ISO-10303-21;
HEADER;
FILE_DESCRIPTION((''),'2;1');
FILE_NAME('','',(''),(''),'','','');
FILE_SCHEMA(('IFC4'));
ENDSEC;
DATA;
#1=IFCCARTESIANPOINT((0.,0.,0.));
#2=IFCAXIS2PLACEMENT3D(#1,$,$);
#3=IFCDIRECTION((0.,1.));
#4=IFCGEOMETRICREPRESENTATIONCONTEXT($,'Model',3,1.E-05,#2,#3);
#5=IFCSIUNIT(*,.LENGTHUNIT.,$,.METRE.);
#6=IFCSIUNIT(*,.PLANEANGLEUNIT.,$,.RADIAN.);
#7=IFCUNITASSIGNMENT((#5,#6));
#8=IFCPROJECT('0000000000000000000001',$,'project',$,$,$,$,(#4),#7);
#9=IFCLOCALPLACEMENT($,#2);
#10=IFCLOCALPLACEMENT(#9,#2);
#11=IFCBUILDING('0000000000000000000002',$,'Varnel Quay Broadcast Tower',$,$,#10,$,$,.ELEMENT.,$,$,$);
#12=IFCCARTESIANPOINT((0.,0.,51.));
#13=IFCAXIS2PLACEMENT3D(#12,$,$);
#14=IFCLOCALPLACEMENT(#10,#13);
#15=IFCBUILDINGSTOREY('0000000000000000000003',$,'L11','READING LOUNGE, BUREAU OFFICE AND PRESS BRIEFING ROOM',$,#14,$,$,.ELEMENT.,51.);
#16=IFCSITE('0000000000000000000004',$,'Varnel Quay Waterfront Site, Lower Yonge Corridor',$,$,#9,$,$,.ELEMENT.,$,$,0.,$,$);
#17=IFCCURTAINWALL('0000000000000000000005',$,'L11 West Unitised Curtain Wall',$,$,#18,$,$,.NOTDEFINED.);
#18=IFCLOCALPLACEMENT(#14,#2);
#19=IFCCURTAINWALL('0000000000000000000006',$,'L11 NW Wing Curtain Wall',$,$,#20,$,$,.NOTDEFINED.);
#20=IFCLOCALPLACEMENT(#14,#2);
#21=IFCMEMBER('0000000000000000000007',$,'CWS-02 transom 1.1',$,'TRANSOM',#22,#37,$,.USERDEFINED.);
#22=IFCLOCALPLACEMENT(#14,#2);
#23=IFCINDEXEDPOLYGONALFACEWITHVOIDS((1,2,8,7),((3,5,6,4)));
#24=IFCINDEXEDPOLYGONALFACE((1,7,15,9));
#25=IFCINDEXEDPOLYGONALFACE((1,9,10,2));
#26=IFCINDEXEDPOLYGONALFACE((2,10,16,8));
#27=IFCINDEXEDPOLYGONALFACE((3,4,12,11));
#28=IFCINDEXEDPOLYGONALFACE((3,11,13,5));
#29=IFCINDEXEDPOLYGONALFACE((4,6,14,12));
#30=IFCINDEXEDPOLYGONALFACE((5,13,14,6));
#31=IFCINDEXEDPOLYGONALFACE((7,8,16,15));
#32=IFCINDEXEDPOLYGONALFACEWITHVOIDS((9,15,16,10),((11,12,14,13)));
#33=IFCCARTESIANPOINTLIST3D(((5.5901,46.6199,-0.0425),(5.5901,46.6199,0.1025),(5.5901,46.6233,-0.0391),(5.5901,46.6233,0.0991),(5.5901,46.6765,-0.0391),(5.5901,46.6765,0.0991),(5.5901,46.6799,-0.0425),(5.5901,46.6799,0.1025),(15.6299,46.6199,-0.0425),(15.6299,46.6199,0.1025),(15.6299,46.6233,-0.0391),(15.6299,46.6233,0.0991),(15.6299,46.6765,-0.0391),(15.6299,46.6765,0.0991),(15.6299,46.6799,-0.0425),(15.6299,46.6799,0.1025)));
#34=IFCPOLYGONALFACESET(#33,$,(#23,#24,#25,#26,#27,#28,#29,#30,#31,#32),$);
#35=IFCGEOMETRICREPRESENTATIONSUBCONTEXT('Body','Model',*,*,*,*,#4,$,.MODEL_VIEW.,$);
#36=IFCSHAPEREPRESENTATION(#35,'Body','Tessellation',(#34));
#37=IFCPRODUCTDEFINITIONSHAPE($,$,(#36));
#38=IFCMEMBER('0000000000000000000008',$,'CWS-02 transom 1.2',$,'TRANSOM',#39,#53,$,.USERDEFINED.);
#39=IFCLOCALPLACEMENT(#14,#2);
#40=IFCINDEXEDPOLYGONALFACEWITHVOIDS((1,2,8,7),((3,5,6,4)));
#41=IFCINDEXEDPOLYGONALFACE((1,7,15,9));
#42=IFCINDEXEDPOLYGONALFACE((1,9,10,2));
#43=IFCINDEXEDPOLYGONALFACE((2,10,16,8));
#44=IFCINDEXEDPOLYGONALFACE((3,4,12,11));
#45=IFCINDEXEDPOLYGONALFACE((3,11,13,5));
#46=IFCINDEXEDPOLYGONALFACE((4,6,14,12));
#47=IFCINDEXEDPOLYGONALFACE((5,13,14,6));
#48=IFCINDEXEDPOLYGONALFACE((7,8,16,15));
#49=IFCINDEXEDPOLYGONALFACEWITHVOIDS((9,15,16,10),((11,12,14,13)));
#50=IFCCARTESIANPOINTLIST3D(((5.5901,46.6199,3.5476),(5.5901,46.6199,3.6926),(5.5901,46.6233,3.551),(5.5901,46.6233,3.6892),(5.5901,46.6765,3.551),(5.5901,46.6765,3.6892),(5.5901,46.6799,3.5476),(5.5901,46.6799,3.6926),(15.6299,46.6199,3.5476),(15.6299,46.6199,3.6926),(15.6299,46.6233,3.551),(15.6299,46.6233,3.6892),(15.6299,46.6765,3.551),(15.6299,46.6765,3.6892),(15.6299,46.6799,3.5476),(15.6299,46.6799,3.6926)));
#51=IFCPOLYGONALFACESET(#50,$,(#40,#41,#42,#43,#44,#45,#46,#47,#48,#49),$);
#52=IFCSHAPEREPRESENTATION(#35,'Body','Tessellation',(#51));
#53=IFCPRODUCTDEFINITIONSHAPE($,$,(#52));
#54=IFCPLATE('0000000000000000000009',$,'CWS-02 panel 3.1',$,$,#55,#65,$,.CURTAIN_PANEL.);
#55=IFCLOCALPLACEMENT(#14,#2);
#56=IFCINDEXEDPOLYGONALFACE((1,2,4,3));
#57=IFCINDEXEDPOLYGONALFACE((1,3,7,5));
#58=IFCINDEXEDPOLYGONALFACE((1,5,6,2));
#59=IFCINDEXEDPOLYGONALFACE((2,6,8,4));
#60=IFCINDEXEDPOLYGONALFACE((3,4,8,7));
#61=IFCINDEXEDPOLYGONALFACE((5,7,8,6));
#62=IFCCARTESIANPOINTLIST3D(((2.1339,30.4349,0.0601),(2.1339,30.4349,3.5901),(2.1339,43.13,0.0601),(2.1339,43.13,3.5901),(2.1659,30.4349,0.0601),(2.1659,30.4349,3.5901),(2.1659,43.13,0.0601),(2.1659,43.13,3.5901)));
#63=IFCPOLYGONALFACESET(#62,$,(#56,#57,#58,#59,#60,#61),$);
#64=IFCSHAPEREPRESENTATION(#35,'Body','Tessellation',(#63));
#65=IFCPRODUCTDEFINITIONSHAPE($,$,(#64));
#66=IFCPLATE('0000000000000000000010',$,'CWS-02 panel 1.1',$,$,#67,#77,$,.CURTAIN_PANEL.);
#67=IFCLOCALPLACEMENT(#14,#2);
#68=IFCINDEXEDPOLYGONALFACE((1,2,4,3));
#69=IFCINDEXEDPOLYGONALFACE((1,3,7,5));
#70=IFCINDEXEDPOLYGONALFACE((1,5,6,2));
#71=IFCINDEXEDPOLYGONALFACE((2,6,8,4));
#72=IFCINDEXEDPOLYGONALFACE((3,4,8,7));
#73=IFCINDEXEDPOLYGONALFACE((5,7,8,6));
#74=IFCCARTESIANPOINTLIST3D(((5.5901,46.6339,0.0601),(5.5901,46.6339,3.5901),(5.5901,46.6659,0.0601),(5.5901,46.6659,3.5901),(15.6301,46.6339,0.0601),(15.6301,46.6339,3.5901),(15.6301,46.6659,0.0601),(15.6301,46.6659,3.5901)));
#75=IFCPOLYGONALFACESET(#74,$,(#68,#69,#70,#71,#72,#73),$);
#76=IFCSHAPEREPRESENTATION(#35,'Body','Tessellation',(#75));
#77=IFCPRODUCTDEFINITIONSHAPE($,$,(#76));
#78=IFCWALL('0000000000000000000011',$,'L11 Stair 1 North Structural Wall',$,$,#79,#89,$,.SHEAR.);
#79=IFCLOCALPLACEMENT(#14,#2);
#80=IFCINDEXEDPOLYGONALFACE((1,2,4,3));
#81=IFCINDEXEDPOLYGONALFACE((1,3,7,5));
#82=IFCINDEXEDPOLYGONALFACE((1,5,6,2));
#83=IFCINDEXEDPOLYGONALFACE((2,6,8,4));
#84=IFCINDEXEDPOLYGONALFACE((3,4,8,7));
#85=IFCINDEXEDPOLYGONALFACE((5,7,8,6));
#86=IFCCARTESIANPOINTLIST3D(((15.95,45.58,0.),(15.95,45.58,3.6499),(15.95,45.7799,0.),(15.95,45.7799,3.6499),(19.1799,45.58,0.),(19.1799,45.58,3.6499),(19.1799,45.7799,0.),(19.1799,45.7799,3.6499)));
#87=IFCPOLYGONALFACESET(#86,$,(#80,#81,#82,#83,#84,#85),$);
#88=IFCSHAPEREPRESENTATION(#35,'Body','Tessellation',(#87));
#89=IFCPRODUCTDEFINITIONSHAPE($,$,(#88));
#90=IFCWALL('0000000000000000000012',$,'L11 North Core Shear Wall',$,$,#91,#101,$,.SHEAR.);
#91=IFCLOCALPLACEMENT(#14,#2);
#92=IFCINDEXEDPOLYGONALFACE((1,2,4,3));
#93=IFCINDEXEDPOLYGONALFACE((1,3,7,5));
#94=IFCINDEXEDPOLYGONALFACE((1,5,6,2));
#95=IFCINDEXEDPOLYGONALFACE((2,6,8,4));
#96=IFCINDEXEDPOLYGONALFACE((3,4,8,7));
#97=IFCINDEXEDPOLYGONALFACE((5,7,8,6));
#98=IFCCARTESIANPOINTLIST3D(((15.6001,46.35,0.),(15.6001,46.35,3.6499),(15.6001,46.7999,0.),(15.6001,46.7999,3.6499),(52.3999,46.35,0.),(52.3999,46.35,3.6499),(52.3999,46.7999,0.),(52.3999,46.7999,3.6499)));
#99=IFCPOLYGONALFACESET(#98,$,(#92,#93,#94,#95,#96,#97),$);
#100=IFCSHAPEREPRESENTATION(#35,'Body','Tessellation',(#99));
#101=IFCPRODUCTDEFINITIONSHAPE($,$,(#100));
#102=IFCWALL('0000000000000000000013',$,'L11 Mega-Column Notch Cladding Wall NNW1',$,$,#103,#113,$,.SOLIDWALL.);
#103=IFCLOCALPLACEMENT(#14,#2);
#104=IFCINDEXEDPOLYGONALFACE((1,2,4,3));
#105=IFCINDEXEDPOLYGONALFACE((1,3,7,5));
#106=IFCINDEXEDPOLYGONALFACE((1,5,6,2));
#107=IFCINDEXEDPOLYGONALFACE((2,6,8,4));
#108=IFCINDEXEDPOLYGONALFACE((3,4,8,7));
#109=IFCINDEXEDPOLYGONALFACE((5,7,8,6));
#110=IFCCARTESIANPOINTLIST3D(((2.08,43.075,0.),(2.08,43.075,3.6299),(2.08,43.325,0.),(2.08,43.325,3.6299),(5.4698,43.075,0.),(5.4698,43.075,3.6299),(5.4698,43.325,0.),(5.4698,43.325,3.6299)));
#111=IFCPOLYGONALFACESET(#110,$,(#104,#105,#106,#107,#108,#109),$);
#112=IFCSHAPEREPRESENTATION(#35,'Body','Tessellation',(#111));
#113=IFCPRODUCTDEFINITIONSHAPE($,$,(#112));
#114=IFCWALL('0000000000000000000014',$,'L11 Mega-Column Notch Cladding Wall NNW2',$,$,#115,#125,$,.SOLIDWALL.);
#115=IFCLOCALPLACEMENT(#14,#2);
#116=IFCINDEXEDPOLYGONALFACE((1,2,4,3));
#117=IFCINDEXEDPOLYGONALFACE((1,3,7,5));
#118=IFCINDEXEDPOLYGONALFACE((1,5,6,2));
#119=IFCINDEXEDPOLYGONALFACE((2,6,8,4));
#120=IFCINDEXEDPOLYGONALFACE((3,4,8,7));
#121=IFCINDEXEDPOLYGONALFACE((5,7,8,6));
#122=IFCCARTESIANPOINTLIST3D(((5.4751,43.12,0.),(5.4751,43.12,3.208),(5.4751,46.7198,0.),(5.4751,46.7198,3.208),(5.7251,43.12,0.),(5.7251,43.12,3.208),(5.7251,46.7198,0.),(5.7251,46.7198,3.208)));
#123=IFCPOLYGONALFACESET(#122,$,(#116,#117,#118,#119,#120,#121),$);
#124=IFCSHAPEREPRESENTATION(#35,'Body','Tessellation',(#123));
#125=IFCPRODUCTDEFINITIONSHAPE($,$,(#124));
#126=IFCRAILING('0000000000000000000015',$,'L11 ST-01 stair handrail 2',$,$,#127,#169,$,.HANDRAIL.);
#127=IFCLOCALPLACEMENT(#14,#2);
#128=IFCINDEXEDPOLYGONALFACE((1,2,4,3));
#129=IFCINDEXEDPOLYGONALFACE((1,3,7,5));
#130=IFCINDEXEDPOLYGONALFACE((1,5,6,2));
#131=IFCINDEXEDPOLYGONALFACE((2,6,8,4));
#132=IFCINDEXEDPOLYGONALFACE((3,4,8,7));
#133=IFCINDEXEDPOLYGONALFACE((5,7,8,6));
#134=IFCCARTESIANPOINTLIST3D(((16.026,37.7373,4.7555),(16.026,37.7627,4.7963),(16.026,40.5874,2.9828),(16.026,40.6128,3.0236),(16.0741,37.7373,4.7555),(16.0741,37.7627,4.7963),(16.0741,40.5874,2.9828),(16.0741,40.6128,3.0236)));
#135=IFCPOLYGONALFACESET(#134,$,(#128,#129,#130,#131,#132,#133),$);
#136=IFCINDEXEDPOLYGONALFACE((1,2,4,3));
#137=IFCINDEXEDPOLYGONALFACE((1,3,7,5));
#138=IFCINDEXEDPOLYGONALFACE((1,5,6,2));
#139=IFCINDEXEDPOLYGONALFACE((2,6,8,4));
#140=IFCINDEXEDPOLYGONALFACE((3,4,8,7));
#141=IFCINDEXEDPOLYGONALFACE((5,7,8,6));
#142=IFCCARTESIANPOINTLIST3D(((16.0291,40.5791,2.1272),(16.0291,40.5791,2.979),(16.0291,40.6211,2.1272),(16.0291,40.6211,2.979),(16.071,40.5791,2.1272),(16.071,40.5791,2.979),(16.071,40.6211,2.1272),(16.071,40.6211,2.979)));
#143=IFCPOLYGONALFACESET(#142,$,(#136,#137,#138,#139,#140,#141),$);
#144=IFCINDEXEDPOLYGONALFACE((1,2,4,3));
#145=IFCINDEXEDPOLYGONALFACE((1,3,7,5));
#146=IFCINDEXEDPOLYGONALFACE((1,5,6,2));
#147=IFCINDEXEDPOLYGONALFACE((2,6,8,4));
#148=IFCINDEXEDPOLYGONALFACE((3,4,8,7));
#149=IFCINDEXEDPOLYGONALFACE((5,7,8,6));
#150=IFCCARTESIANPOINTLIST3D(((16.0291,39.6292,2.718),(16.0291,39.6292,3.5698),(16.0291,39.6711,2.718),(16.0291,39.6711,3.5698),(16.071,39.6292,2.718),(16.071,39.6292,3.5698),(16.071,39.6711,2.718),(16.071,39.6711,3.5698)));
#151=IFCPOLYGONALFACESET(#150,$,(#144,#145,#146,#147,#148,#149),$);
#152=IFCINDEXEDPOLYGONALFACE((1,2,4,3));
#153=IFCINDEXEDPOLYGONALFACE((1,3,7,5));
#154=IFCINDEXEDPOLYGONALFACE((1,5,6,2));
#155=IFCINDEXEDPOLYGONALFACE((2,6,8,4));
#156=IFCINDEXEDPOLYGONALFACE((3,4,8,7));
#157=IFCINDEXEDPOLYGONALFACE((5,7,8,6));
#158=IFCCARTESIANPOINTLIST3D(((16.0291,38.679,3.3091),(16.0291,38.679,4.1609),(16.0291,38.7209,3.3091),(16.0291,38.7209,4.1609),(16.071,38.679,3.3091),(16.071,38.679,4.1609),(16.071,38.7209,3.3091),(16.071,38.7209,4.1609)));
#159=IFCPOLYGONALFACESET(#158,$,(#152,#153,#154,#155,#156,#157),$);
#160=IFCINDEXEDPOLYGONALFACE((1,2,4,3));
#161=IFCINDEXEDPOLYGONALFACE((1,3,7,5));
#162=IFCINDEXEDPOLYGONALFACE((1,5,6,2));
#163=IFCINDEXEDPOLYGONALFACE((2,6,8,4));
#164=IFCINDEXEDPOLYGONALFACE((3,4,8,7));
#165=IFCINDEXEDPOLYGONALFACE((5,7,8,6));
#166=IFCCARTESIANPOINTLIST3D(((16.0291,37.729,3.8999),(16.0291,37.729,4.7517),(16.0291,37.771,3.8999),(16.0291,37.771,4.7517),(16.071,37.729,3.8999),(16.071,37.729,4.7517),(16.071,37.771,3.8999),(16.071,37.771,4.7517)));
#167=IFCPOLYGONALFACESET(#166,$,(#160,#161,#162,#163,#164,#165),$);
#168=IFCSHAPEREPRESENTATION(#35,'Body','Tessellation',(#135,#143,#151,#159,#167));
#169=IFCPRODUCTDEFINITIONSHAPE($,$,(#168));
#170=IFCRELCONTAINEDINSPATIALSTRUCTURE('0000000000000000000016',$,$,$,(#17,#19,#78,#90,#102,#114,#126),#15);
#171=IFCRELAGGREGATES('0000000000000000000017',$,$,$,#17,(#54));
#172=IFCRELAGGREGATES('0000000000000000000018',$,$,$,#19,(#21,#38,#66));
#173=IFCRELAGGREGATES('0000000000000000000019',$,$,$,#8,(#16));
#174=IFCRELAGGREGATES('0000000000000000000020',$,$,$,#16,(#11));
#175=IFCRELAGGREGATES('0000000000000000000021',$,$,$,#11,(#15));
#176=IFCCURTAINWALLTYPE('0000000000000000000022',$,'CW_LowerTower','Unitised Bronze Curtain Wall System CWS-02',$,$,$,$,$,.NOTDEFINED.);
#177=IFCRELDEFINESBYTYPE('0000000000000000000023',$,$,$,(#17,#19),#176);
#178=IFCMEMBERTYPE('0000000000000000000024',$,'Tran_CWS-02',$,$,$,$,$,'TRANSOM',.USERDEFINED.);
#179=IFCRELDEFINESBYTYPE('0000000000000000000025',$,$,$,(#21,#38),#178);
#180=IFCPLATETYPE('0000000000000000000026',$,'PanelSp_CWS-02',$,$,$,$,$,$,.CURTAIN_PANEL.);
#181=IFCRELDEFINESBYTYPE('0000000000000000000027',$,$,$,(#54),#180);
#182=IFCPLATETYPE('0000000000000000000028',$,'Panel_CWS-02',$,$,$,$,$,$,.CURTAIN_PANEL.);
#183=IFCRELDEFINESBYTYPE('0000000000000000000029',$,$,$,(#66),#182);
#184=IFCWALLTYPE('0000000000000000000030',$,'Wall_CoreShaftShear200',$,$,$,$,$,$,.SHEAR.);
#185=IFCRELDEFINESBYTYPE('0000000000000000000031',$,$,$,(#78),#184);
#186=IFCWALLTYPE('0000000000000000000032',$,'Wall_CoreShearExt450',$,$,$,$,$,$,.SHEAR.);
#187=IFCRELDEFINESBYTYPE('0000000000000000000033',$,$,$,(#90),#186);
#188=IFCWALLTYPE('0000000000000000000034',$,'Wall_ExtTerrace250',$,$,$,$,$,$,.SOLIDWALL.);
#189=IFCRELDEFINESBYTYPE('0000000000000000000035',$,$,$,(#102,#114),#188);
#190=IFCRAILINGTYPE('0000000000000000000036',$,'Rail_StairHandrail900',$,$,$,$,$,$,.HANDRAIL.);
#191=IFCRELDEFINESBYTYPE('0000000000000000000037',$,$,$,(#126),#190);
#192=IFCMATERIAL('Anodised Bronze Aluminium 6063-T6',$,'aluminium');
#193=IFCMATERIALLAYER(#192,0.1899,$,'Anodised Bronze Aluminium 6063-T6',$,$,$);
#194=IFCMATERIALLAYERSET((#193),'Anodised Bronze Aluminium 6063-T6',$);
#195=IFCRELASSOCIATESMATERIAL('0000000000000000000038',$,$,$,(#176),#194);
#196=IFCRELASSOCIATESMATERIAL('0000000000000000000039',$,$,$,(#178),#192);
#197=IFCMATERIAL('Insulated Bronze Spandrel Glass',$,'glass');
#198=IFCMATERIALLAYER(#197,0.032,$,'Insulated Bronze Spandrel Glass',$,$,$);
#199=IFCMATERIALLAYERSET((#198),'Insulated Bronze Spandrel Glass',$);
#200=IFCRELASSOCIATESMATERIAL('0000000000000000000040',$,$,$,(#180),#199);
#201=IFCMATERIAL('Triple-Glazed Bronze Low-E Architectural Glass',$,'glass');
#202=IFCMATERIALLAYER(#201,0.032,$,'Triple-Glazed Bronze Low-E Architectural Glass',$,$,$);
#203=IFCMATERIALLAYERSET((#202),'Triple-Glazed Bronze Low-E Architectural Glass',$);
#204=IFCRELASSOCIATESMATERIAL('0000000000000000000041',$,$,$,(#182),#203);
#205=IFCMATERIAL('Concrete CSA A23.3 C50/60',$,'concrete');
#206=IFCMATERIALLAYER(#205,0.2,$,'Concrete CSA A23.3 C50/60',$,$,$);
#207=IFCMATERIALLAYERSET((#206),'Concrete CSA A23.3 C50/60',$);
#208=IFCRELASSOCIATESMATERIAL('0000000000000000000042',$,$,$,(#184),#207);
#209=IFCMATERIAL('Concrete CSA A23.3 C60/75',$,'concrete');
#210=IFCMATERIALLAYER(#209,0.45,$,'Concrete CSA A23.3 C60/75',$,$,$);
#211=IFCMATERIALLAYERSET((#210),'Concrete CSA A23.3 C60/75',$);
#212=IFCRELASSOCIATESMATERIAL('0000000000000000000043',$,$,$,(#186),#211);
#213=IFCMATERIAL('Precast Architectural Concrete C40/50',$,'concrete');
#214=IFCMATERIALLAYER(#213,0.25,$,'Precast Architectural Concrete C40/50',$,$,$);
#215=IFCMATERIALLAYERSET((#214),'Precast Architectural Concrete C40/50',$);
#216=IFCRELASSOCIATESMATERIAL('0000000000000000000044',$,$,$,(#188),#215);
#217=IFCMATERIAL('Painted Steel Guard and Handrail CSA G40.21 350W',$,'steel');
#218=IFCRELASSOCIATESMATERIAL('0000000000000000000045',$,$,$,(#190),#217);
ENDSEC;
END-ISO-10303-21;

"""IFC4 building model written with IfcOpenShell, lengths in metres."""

from ifc_helpers import new_model, si_unit, direction, frame, frame_2d, origin, origin_2d, place, context, subcontext, project, spatial, rectangle, hollow_rectangle, extrude, source, transform, mapped, material, layer, layer_set, material_profile, profile_set, type_object, type_shapes, element, aggregate, save


model = new_model("IFC4")

# Units and contexts
model_context = context("Model", 3, precision=1e-05, world=origin(), true_north=direction((0.0, 1.0)))
body_context = subcontext(model_context, "Body", "Model", "MODEL_VIEW")
ifc_project = project(units=[si_unit("LENGTHUNIT", "METRE"), si_unit("PLANEANGLEUNIT", "RADIAN")], contexts=[model_context])

# Site, building, storey
site_placement = place(None, origin())
site = spatial("IfcSite", under=ifc_project, at=site_placement, Name="Varnel Quay Waterfront Site, Lower Yonge Corridor", CompositionType="ELEMENT", RefElevation=0.0)
building_placement = place(site_placement, origin())
building = spatial("IfcBuilding", under=site, at=building_placement, Name="Varnel Quay Broadcast Tower", CompositionType="ELEMENT")
storey_placement = place(building_placement, frame((0.0, 0.0, 51.0)))
storey = spatial("IfcBuildingStorey", under=building, at=storey_placement, Name="L11", Description="READING LOUNGE, BUREAU OFFICE AND PRESS BRIEFING ROOM", CompositionType="ELEMENT", Elevation=51.0)

# Curtain wall
ifc_material_1 = material(Name="Anodised Bronze Aluminium 6063-T6", Category="aluminium")
ifc_layer_1 = layer(ifc_material_1, 0.1899, Name="Anodised Bronze Aluminium 6063-T6")
ifc_layer_set_1 = layer_set([ifc_layer_1], Name="Anodised Bronze Aluminium 6063-T6")
curtain_wall_type = type_object("IfcCurtainWallType", Name="CW_LowerTower", Description="Unitised Bronze Curtain Wall System CWS-02", PredefinedType="NOTDEFINED", material=ifc_layer_set_1)
curtain_wall_1_placement = place(storey_placement, origin())
curtain_wall_1 = element("IfcCurtainWall", 1, at=curtain_wall_1_placement, inside=storey, type_object=curtain_wall_type, Name="L11 West Unitised Curtain Wall", PredefinedType="NOTDEFINED")

# Curtain wall, members
curtain_wall_2_placement = place(storey_placement, origin())
curtain_wall_2 = element("IfcCurtainWall", 2, at=curtain_wall_2_placement, inside=storey, type_object=curtain_wall_type, Name="L11 NW Wing Curtain Wall", PredefinedType="NOTDEFINED")
ifc_material_profile_1 = material_profile(ifc_material_1, hollow_rectangle(XDim=0.0601, YDim=0.145, WallThickness=0.0034, at=origin_2d()), Name="ALU60X145X3.5")
ifc_profile_set_1 = profile_set([ifc_material_profile_1], Name="Anodised Bronze Aluminium 6063-T6")
member_type_1 = type_object("IfcMemberType", Name="Tran_CWS-02", ElementType="TRANSOM", PredefinedType="USERDEFINED", material=ifc_profile_set_1)
shared_shape_1 = source(origin(), body_context, "Body", "SweptSolid", [
    extrude(hollow_rectangle(XDim=0.0601, YDim=0.145, WallThickness=0.0034, at=origin_2d()), origin(), (0.0, 0.0, 1.0), 10.0398),
])
type_shapes(member_type_1, [shared_shape_1])
member_1_placement = place(storey_placement, frame((5.5901, 46.6499, 0.03), z_axis=(1.0, 0.0, 0.0), x_axis=(0.0, 1.0, 0.0)))
member_1 = element("IfcMember", 3, at=member_1_placement, type_object=member_type_1, Name="CWS-02 transom 1.1", ObjectType="TRANSOM", PredefinedType="USERDEFINED", context=body_context, shape_type="MappedRepresentation", body=[
    mapped(shared_shape_1, transform((0.0, 0.0, 0.0), x_axis=(1.0, 0.0, 0.0), y_axis=(0.0, 1.0, 0.0), z_axis=(0.0, 0.0, 1.0), scale=1.0)),
])
member_2_placement = place(storey_placement, frame((5.5901, 46.6499, 3.6201), z_axis=(1.0, 0.0, 0.0), x_axis=(0.0, 1.0, 0.0)))
member_2 = element("IfcMember", 4, at=member_2_placement, type_object=member_type_1, Name="CWS-02 transom 1.2", ObjectType="TRANSOM", PredefinedType="USERDEFINED", context=body_context, shape_type="MappedRepresentation", body=[
    mapped(shared_shape_1, transform((0.0, 0.0, 0.0), x_axis=(1.0, 0.0, 0.0), y_axis=(0.0, 1.0, 0.0), z_axis=(0.0, 0.0, 1.0), scale=1.0)),
])

# Plates
ifc_material_2 = material(Name="Insulated Bronze Spandrel Glass", Category="glass")
ifc_layer_2 = layer(ifc_material_2, 0.032, Name="Insulated Bronze Spandrel Glass")
ifc_layer_set_2 = layer_set([ifc_layer_2], Name="Insulated Bronze Spandrel Glass")
plate_type_1 = type_object("IfcPlateType", Name="PanelSp_CWS-02", PredefinedType="CURTAIN_PANEL", material=ifc_layer_set_2)
shared_shape_2 = source(origin(), body_context, "Body", "SweptSolid", [
    extrude(rectangle(XDim=12.6951, YDim=0.032, at=origin_2d()), origin(), (0.0, 0.0, 1.0), 3.53),
])
type_shapes(plate_type_1, [shared_shape_2])
plate_1_placement = place(storey_placement, frame((2.1499, 36.7825, 0.0601), z_axis=(0.0, 0.0, 1.0), x_axis=(0.0, 1.0, 0.0)))
plate_1 = element("IfcPlate", 5, at=plate_1_placement, type_object=plate_type_1, Name="CWS-02 panel 3.1", PredefinedType="CURTAIN_PANEL", context=body_context, shape_type="MappedRepresentation", body=[
    mapped(shared_shape_2, transform((0.0, 0.0, 0.0), x_axis=(1.0, 0.0, 0.0), y_axis=(0.0, 1.0, 0.0), z_axis=(0.0, 0.0, 1.0), scale=1.0)),
])
aggregate(curtain_wall_1, [plate_1])
ifc_material_3 = material(Name="Triple-Glazed Bronze Low-E Architectural Glass", Category="glass")
ifc_layer_3 = layer(ifc_material_3, 0.032, Name="Triple-Glazed Bronze Low-E Architectural Glass")
ifc_layer_set_3 = layer_set([ifc_layer_3], Name="Triple-Glazed Bronze Low-E Architectural Glass")
plate_type_2 = type_object("IfcPlateType", Name="Panel_CWS-02", PredefinedType="CURTAIN_PANEL", material=ifc_layer_set_3)
shared_shape_3 = source(origin(), body_context, "Body", "SweptSolid", [
    extrude(rectangle(XDim=10.04, YDim=0.032, at=origin_2d()), origin(), (0.0, 0.0, 1.0), 3.53),
])
type_shapes(plate_type_2, [shared_shape_3])
plate_2_placement = place(storey_placement, frame((10.6101, 46.6499, 0.0601), z_axis=(0.0, 0.0, 1.0), x_axis=(1.0, 0.0, 0.0)))
plate_2 = element("IfcPlate", 6, at=plate_2_placement, type_object=plate_type_2, Name="CWS-02 panel 1.1", PredefinedType="CURTAIN_PANEL", context=body_context, shape_type="MappedRepresentation", body=[
    mapped(shared_shape_3, transform((0.0, 0.0, 0.0), x_axis=(1.0, 0.0, 0.0), y_axis=(0.0, 1.0, 0.0), z_axis=(0.0, 0.0, 1.0), scale=1.0)),
])
aggregate(curtain_wall_2, [member_1, member_2, plate_2])

# Walls
ifc_material_4 = material(Name="Concrete CSA A23.3 C50/60", Category="concrete")
ifc_layer_4 = layer(ifc_material_4, 0.2, Name="Concrete CSA A23.3 C50/60")
ifc_layer_set_4 = layer_set([ifc_layer_4], Name="Concrete CSA A23.3 C50/60")
wall_type_1 = type_object("IfcWallType", Name="Wall_CoreShaftShear200", PredefinedType="SHEAR", material=ifc_layer_set_4)
wall_1_placement = place(storey_placement, frame((15.95, 45.6799, 0.0), z_axis=(0.0, 0.0, 1.0), x_axis=(1.0, 0.0, 0.0)))
element("IfcWall", 7, at=wall_1_placement, inside=storey, type_object=wall_type_1, Name="L11 Stair 1 North Structural Wall", PredefinedType="SHEAR", context=body_context, shape_type="SweptSolid", body=[
    extrude(rectangle(XDim=3.23, YDim=0.2, at=frame_2d((1.615, 0.0))), origin(), (0.0, 0.0, 1.0), 3.6499),
])
ifc_material_5 = material(Name="Concrete CSA A23.3 C60/75", Category="concrete")
ifc_layer_5 = layer(ifc_material_5, 0.45, Name="Concrete CSA A23.3 C60/75")
ifc_layer_set_5 = layer_set([ifc_layer_5], Name="Concrete CSA A23.3 C60/75")
wall_type_2 = type_object("IfcWallType", Name="Wall_CoreShearExt450", PredefinedType="SHEAR", material=ifc_layer_set_5)
wall_2_placement = place(storey_placement, frame((15.6001, 46.575, 0.0), z_axis=(0.0, 0.0, 1.0), x_axis=(1.0, 0.0, 0.0)))
element("IfcWall", 8, at=wall_2_placement, inside=storey, type_object=wall_type_2, Name="L11 North Core Shear Wall", PredefinedType="SHEAR", context=body_context, shape_type="SweptSolid", body=[
    extrude(rectangle(XDim=36.7998, YDim=0.45, at=frame_2d((18.3999, 0.0))), origin(), (0.0, 0.0, 1.0), 3.6499),
])
ifc_material_6 = material(Name="Precast Architectural Concrete C40/50", Category="concrete")
ifc_layer_6 = layer(ifc_material_6, 0.25, Name="Precast Architectural Concrete C40/50")
ifc_layer_set_6 = layer_set([ifc_layer_6], Name="Precast Architectural Concrete C40/50")
wall_type_3 = type_object("IfcWallType", Name="Wall_ExtTerrace250", PredefinedType="SOLIDWALL", material=ifc_layer_set_6)
wall_3_placement = place(storey_placement, frame((2.0801, 43.2, 0.0), z_axis=(0.0, 0.0, 1.0), x_axis=(1.0, 0.0, 0.0)))
element("IfcWall", 9, at=wall_3_placement, inside=storey, type_object=wall_type_3, Name="L11 Mega-Column Notch Cladding Wall NNW1", PredefinedType="SOLIDWALL", context=body_context, shape_type="SweptSolid", body=[
    extrude(rectangle(XDim=3.3899, YDim=0.25, at=frame_2d((1.6948, 0.0))), origin(), (0.0, 0.0, 1.0), 3.6299),
])
wall_4_placement = place(storey_placement, frame((5.6001, 43.1201, 0.0), z_axis=(0.0, 0.0, 1.0), x_axis=(0.0, 1.0, 0.0)))
element("IfcWall", 10, at=wall_4_placement, inside=storey, type_object=wall_type_3, Name="L11 Mega-Column Notch Cladding Wall NNW2", PredefinedType="SOLIDWALL", context=body_context, shape_type="SweptSolid", body=[
    extrude(rectangle(XDim=3.5999, YDim=0.25, at=frame_2d((1.7998, 0.0))), origin(), (0.0, 0.0, 1.0), 3.208),
])

# Railing
ifc_material_7 = material(Name="Painted Steel Guard and Handrail CSA G40.21 350W", Category="steel")
railing_type = type_object("IfcRailingType", Name="Rail_StairHandrail900", PredefinedType="HANDRAIL", material=ifc_material_7)
railing_placement = place(storey_placement, frame((16.05, 40.6001, 2.1272)))
element("IfcRailing", 11, at=railing_placement, inside=storey, type_object=railing_type, Name="L11 ST-01 stair handrail 2", PredefinedType="HANDRAIL", context=body_context, shape_type="SweptSolid", body=[
    extrude(rectangle(XDim=0.0481, YDim=0.0481, at=origin_2d()), frame((0.0, 0.0, 0.876), z_axis=(0.0, -0.849149, 0.528154), x_axis=(1.0, 0.0, 0.0)), (0.0, 0.0, 1.0), 3.3564),
    extrude(rectangle(XDim=0.042, YDim=0.042, at=origin_2d()), origin(), (0.0, 0.0, 1.0), 0.8518),
    extrude(rectangle(XDim=0.042, YDim=0.042, at=origin_2d()), frame((0.0, -0.95, 0.5908)), (0.0, 0.0, 1.0), 0.8518),
    extrude(rectangle(XDim=0.042, YDim=0.042, at=origin_2d()), frame((0.0, -1.9001, 1.1819)), (0.0, 0.0, 1.0), 0.8518),
    extrude(rectangle(XDim=0.042, YDim=0.042, at=origin_2d()), frame((0.0, -2.8501, 1.7727)), (0.0, 0.0, 1.0), 0.8518),
])

save(model, "model.ifc")
